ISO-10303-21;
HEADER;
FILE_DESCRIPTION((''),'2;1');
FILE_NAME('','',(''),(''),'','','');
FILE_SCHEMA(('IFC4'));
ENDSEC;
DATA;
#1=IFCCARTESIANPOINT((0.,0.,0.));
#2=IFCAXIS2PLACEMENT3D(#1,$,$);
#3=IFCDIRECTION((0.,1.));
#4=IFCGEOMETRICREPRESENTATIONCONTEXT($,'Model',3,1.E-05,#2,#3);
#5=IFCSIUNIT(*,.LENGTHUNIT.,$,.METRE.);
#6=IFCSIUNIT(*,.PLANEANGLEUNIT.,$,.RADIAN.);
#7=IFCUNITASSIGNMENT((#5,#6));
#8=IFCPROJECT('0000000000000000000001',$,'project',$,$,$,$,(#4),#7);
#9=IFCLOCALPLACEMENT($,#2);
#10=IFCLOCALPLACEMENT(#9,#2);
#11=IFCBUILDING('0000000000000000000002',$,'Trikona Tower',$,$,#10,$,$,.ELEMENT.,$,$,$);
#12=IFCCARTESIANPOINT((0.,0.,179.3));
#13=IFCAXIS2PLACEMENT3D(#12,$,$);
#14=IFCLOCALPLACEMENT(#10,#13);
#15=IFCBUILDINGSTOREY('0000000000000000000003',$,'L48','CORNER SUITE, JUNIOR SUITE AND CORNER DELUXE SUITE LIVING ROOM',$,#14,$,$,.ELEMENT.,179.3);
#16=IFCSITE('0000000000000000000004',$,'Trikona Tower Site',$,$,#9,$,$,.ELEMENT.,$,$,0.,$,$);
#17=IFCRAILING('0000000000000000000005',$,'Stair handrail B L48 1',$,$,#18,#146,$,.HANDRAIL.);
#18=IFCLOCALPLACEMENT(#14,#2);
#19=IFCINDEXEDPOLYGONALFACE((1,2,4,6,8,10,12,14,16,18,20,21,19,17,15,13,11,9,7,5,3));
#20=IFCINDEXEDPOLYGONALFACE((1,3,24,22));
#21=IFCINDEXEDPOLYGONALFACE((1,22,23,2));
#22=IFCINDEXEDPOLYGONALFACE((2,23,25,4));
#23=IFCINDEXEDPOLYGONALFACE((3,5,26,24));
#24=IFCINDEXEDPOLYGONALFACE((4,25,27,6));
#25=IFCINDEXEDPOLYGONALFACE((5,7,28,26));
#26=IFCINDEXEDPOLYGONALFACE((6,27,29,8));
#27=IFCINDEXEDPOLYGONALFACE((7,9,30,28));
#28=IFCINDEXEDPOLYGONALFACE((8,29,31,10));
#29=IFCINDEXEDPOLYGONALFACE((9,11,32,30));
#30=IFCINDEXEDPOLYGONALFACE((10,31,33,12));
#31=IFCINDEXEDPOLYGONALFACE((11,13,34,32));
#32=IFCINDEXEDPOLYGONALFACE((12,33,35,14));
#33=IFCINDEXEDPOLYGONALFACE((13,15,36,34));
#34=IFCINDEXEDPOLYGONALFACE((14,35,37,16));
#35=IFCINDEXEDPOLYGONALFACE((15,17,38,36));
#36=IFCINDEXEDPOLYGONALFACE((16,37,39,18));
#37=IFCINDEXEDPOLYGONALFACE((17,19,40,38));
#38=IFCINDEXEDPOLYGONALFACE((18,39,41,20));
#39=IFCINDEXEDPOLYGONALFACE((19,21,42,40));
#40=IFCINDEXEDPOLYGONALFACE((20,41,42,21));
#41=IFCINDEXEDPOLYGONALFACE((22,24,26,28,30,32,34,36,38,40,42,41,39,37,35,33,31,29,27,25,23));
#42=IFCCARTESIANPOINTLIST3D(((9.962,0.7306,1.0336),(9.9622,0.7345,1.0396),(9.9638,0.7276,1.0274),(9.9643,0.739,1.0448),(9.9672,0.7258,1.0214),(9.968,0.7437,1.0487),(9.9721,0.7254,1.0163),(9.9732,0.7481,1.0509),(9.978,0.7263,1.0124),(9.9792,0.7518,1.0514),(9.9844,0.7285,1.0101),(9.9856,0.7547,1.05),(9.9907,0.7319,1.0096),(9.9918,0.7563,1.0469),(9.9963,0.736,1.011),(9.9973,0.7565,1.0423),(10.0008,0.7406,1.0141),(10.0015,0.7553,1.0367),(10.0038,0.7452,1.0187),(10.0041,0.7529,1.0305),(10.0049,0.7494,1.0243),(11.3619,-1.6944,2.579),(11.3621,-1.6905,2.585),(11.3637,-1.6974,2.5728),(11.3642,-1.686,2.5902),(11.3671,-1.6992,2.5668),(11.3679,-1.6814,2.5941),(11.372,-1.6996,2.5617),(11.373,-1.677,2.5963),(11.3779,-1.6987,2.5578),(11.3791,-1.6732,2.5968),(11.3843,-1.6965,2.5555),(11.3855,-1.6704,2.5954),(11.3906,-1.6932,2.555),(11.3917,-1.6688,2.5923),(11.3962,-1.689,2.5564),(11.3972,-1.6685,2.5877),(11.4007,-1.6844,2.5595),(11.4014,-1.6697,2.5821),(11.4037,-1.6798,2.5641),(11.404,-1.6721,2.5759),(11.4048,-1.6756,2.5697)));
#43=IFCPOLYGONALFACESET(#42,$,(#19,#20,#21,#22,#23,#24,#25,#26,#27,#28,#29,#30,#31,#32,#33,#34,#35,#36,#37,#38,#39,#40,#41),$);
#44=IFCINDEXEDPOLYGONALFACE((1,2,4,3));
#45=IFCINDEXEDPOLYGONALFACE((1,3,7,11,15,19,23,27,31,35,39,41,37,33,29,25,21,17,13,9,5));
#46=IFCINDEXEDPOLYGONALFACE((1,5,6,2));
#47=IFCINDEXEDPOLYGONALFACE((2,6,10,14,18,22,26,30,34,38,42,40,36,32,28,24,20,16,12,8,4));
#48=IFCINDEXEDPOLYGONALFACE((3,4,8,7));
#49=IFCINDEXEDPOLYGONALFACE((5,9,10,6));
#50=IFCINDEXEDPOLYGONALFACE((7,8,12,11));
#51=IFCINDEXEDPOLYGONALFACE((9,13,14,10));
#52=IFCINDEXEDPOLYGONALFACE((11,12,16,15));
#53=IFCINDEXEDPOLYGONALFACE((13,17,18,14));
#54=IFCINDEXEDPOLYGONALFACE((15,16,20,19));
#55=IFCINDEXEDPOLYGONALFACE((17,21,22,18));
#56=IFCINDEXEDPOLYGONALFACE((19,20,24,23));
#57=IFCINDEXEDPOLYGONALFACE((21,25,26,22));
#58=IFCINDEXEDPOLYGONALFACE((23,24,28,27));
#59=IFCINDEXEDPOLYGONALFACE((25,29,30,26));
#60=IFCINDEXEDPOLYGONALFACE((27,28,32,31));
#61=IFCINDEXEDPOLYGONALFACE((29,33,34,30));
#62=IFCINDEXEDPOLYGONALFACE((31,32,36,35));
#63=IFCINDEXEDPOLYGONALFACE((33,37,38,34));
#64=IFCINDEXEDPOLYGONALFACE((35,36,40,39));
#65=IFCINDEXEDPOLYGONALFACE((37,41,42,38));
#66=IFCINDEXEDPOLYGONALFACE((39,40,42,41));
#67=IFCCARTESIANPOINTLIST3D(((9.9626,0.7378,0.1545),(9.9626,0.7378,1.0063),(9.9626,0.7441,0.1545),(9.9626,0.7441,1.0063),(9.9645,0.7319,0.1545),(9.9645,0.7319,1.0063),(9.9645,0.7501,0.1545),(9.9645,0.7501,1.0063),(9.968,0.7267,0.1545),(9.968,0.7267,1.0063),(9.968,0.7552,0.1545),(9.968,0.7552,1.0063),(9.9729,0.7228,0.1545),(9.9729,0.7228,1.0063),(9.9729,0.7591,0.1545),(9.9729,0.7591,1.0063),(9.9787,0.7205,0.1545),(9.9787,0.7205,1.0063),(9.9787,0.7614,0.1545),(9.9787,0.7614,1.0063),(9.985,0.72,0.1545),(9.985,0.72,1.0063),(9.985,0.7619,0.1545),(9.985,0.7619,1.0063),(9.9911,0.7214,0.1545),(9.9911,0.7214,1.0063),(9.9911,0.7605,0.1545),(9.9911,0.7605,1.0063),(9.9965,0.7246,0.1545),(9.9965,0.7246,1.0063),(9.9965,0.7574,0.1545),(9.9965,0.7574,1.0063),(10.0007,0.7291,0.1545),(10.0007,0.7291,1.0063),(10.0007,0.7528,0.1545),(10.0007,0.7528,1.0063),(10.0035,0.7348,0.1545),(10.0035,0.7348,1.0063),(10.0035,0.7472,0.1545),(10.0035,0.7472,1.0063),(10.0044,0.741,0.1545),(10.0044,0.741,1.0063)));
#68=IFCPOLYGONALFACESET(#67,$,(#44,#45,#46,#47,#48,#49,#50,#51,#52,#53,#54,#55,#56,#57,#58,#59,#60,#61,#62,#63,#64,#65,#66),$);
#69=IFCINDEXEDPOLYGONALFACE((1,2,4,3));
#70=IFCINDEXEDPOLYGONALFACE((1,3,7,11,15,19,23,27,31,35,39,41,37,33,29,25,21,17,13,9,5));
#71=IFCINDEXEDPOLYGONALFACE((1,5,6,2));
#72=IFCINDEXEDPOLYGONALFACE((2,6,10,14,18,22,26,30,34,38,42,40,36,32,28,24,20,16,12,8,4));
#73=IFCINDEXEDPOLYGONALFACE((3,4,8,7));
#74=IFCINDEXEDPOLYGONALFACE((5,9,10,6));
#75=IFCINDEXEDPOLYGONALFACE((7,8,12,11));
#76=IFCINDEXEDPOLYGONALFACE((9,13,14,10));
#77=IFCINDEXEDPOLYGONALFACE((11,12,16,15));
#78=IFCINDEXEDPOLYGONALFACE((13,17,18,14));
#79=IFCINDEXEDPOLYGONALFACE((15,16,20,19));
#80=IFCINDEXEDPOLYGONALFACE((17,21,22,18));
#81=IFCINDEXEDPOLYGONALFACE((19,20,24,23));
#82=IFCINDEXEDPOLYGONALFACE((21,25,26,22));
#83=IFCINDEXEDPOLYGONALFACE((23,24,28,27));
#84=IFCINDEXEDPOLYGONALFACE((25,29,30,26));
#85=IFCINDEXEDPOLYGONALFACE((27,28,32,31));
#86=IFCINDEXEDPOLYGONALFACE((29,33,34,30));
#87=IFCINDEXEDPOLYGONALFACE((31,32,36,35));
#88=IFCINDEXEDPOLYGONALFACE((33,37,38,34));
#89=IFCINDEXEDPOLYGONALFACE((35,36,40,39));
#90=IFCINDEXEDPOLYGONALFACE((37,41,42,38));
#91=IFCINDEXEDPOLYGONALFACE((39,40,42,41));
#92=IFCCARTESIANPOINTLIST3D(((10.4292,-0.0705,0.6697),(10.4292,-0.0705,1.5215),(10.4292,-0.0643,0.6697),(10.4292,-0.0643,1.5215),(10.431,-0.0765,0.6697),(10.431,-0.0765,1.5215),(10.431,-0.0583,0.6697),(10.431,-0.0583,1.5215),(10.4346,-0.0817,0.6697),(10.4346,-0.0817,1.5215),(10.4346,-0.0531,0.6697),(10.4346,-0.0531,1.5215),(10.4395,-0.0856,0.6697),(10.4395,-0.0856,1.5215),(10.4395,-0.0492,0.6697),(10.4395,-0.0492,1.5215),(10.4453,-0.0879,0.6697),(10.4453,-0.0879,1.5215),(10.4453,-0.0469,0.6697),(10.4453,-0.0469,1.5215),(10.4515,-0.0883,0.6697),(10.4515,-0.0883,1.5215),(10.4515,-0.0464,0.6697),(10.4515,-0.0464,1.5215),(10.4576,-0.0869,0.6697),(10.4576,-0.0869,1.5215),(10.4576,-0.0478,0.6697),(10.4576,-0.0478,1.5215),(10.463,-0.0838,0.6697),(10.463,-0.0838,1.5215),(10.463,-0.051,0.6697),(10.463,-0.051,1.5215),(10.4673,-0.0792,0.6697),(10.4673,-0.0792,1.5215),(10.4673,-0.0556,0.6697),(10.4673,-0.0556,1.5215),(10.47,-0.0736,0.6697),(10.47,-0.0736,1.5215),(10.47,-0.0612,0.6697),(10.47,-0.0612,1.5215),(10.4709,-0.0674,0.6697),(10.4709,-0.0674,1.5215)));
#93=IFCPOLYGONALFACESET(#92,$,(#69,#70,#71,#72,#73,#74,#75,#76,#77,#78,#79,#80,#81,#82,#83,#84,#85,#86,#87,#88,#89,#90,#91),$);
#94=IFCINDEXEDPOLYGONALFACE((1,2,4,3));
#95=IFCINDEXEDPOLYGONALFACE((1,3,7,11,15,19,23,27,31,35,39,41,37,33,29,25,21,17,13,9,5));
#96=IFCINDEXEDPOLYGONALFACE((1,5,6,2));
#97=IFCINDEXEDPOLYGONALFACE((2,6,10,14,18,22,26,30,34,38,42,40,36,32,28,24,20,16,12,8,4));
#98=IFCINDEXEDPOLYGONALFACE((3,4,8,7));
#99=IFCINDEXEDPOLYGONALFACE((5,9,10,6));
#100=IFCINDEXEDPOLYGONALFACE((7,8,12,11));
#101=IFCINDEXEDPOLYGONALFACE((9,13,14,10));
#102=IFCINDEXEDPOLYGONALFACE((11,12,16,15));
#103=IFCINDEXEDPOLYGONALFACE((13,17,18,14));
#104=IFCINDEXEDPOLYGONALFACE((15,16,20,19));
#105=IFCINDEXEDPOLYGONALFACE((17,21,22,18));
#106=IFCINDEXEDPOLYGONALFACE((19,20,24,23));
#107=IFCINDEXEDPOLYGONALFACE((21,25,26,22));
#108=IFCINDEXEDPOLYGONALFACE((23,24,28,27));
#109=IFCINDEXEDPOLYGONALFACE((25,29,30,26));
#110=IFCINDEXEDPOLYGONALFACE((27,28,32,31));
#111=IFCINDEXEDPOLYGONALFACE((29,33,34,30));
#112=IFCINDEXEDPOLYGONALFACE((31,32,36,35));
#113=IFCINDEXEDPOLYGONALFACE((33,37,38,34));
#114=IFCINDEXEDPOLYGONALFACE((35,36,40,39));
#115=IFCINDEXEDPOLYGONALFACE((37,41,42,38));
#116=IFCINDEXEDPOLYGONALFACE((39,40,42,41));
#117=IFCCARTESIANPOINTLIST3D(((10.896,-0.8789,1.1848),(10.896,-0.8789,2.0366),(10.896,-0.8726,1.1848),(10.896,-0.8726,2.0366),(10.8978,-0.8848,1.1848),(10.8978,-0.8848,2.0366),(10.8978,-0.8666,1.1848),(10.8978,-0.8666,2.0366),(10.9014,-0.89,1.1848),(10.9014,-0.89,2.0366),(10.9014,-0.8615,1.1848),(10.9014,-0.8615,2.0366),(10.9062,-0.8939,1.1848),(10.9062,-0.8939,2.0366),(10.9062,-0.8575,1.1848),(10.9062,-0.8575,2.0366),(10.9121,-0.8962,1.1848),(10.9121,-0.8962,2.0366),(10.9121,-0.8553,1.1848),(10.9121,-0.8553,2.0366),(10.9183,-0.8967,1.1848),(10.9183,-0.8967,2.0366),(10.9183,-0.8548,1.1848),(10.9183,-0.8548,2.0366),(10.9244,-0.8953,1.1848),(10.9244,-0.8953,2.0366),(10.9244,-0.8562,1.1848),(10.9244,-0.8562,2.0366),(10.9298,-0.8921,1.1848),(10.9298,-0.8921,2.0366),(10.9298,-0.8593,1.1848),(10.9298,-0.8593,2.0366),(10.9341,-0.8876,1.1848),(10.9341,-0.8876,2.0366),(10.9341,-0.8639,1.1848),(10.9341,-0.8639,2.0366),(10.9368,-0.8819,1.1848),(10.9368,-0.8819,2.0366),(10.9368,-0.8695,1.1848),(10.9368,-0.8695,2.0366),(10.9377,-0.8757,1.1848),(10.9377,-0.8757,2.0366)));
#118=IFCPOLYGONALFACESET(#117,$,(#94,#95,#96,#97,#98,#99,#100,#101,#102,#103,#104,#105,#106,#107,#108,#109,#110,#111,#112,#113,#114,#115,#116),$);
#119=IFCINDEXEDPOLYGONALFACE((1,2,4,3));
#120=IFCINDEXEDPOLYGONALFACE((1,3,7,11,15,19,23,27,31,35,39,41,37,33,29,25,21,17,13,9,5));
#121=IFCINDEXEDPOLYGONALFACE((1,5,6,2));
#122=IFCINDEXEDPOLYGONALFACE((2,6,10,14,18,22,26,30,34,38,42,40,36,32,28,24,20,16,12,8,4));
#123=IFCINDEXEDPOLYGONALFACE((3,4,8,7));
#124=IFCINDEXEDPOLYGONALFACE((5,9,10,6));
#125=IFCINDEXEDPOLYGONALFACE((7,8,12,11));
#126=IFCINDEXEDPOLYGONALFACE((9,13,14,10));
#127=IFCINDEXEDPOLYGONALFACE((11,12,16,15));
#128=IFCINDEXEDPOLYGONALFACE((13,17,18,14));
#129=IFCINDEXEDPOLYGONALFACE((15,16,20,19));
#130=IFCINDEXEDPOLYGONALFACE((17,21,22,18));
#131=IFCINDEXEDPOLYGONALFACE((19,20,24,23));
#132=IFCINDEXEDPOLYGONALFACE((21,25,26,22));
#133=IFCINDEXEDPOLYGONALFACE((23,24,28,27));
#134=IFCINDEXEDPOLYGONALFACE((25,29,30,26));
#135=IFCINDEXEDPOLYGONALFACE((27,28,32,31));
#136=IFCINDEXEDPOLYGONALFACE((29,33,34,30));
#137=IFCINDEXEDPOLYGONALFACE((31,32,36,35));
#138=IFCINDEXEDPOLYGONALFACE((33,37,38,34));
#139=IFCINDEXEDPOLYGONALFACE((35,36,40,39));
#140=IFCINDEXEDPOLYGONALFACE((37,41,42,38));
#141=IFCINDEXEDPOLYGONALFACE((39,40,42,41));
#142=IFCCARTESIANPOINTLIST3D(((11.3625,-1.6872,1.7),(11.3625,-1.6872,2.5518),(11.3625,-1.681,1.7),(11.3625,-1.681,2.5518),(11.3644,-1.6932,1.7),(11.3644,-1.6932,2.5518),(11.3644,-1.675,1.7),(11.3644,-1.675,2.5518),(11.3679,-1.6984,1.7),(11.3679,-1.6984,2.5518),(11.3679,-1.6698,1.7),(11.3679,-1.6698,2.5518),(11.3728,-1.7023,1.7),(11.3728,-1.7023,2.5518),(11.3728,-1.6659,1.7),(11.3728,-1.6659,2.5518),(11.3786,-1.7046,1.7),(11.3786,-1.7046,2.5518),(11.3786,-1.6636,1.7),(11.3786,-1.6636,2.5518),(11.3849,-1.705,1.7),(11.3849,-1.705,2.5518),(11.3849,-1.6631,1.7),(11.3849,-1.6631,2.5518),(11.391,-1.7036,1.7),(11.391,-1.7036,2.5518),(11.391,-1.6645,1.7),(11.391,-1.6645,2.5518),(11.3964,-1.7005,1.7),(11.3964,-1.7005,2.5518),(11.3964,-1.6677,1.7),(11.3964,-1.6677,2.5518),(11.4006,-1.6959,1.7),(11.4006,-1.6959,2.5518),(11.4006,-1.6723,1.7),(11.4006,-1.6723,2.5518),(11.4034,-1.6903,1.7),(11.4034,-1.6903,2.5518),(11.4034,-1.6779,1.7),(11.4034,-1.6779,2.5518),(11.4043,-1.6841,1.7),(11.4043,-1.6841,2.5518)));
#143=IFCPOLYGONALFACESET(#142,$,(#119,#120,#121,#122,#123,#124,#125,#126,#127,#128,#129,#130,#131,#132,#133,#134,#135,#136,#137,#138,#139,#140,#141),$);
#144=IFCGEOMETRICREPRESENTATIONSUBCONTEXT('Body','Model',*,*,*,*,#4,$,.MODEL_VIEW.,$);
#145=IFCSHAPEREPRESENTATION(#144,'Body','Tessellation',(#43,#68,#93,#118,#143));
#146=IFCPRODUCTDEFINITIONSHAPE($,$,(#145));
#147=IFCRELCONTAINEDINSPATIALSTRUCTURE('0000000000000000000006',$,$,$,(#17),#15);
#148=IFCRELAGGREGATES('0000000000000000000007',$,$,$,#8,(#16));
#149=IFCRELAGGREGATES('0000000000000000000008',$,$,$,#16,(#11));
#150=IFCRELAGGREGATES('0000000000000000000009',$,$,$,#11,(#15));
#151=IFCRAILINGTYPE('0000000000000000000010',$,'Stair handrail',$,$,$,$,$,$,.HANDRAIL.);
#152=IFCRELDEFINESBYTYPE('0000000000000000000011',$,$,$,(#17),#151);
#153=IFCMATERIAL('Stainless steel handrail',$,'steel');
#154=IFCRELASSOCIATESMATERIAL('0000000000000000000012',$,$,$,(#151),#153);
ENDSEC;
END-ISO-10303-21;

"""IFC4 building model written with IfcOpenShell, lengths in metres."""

from ifc_helpers import new_model, si_unit, direction, frame, origin, origin_2d, place, context, subcontext, project, spatial, circle, extrude, material, type_object, element, save


model = new_model("IFC4")

# Units and contexts
model_context = context("Model", 3, precision=1e-05, world=origin(), true_north=direction((0.0, 1.0)))
body_context = subcontext(model_context, "Body", "Model", "MODEL_VIEW")
ifc_project = project(units=[si_unit("LENGTHUNIT", "METRE"), si_unit("PLANEANGLEUNIT", "RADIAN")], contexts=[model_context])

# Site, building, storey
site_placement = place(None, origin())
site = spatial("IfcSite", under=ifc_project, at=site_placement, Name="Trikona Tower Site", CompositionType="ELEMENT", RefElevation=0.0)
building_placement = place(site_placement, origin())
building = spatial("IfcBuilding", under=site, at=building_placement, Name="Trikona Tower", CompositionType="ELEMENT")
storey_placement = place(building_placement, frame((0.0, 0.0, 179.3)))
storey = spatial("IfcBuildingStorey", under=building, at=storey_placement, Name="L48", Description="CORNER SUITE, JUNIOR SUITE AND CORNER DELUXE SUITE LIVING ROOM", CompositionType="ELEMENT", Elevation=179.3)

# Railing
ifc_material_1 = material(Name="Stainless steel handrail", Category="steel")
railing_type = type_object("IfcRailingType", Name="Stair handrail", PredefinedType="HANDRAIL", material=ifc_material_1)
railing_placement = place(storey_placement, frame((9.9834, 0.741, 0.1545)))
element("IfcRailing", 1, at=railing_placement, inside=storey, type_object=railing_type, Name="Stair handrail B L48 1", PredefinedType="HANDRAIL", context=body_context, shape_type="SweptSolid", body=[
    extrude(circle(Radius=0.0239, at=origin_2d()), frame((0.0, 0.0, 0.876), z_axis=(0.437707, -0.75824, 0.483203), x_axis=(0.866056, 0.499946, 0.0)), (0.0, 0.0, 1.0), 3.1982),
    extrude(circle(Radius=0.021, at=origin_2d()), origin(), (0.0, 0.0, 1.0), 0.8518),
    extrude(circle(Radius=0.021, at=origin_2d()), frame((0.4666, -0.8083, 0.5151)), (0.0, 0.0, 1.0), 0.8518),
    extrude(circle(Radius=0.021, at=origin_2d()), frame((0.9333, -1.6167, 1.0303)), (0.0, 0.0, 1.0), 0.8518),
    extrude(circle(Radius=0.021, at=origin_2d()), frame((1.3999, -2.425, 1.5454)), (0.0, 0.0, 1.0), 0.8518),
])

save(model, "model.ifc")
